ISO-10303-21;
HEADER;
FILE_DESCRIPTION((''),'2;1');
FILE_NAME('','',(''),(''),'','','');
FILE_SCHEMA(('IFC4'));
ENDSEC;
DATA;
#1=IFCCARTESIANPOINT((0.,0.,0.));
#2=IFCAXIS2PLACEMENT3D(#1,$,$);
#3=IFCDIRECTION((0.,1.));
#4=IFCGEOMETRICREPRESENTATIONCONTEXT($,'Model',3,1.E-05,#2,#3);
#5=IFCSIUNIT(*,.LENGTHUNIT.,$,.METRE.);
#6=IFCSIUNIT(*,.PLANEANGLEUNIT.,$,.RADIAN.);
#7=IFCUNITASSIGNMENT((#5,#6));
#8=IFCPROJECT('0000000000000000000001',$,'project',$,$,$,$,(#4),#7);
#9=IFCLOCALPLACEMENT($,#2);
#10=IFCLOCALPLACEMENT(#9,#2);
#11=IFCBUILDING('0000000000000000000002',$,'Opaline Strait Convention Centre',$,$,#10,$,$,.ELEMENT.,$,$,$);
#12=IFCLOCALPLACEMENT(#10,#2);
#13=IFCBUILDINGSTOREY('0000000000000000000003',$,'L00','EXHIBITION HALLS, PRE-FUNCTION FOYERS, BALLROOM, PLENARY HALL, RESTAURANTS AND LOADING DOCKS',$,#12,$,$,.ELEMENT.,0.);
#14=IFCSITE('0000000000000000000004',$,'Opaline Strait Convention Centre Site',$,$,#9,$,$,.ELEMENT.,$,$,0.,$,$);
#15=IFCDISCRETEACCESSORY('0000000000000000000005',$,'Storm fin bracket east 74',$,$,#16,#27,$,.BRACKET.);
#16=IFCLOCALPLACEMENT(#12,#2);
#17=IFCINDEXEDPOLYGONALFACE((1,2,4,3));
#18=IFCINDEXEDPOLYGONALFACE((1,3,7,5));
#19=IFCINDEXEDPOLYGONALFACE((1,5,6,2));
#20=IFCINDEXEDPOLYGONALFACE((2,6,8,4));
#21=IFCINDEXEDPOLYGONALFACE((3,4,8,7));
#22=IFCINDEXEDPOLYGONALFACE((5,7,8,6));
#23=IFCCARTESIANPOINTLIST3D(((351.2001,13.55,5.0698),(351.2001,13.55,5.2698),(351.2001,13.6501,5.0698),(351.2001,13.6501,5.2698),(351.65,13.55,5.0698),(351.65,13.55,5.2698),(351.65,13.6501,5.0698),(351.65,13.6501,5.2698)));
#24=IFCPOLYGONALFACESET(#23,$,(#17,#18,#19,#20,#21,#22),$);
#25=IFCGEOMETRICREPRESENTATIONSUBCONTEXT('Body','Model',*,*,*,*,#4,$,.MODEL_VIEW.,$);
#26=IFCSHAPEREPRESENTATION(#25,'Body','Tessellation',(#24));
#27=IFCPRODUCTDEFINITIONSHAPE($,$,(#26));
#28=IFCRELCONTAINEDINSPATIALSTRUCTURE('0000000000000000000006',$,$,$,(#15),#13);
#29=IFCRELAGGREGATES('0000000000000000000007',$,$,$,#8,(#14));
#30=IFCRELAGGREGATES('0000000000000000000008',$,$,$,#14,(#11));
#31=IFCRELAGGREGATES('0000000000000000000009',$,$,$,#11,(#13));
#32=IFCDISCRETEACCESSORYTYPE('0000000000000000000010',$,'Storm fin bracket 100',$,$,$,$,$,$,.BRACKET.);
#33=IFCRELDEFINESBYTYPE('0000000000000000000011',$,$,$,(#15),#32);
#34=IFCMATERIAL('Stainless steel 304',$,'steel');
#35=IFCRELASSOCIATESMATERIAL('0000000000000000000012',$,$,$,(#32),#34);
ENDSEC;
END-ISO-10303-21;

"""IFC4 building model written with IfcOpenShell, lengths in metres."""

from ifc_helpers import new_model, si_unit, direction, frame, origin, origin_2d, place, context, subcontext, project, spatial, rectangle, extrude, material, type_object, element, save


model = new_model("IFC4")

# Units and contexts
model_context = context("Model", 3, precision=1e-05, world=origin(), true_north=direction((0.0, 1.0)))
body_context = subcontext(model_context, "Body", "Model", "MODEL_VIEW")
ifc_project = project(units=[si_unit("LENGTHUNIT", "METRE"), si_unit("PLANEANGLEUNIT", "RADIAN")], contexts=[model_context])

# Site, building, storey
site_placement = place(None, origin())
site = spatial("IfcSite", under=ifc_project, at=site_placement, Name="Opaline Strait Convention Centre Site", CompositionType="ELEMENT", RefElevation=0.0)
building_placement = place(site_placement, origin())
building = spatial("IfcBuilding", under=site, at=building_placement, Name="Opaline Strait Convention Centre", CompositionType="ELEMENT")
storey_placement = place(building_placement, origin())
storey = spatial("IfcBuildingStorey", under=building, at=storey_placement, Name="L00", Description="EXHIBITION HALLS, PRE-FUNCTION FOYERS, BALLROOM, PLENARY HALL, RESTAURANTS AND LOADING DOCKS", CompositionType="ELEMENT", Elevation=0.0)

# Shared definitions
ifc_material_1 = material(Name="Stainless steel 304", Category="steel")

# Discrete accessory
discrete_accessory_type_1 = type_object("IfcDiscreteAccessoryType", Name="Storm fin bracket 100", PredefinedType="BRACKET", material=ifc_material_1)
discrete_accessory_1_placement = place(storey_placement, frame((351.425, 13.6001, 5.0698), z_axis=(0.0, 0.0, 1.0), x_axis=(1.0, 0.0, 0.0)))
element("IfcDiscreteAccessory", 1, at=discrete_accessory_1_placement, inside=storey, type_object=discrete_accessory_type_1, Name="Storm fin bracket east 74", PredefinedType="BRACKET", context=body_context, shape_type="SweptSolid", body=[
    extrude(rectangle(XDim=0.45, YDim=0.1001, at=origin_2d()), origin(), (0.0, 0.0, 1.0), 0.2),
])

save(model, "model.ifc")
